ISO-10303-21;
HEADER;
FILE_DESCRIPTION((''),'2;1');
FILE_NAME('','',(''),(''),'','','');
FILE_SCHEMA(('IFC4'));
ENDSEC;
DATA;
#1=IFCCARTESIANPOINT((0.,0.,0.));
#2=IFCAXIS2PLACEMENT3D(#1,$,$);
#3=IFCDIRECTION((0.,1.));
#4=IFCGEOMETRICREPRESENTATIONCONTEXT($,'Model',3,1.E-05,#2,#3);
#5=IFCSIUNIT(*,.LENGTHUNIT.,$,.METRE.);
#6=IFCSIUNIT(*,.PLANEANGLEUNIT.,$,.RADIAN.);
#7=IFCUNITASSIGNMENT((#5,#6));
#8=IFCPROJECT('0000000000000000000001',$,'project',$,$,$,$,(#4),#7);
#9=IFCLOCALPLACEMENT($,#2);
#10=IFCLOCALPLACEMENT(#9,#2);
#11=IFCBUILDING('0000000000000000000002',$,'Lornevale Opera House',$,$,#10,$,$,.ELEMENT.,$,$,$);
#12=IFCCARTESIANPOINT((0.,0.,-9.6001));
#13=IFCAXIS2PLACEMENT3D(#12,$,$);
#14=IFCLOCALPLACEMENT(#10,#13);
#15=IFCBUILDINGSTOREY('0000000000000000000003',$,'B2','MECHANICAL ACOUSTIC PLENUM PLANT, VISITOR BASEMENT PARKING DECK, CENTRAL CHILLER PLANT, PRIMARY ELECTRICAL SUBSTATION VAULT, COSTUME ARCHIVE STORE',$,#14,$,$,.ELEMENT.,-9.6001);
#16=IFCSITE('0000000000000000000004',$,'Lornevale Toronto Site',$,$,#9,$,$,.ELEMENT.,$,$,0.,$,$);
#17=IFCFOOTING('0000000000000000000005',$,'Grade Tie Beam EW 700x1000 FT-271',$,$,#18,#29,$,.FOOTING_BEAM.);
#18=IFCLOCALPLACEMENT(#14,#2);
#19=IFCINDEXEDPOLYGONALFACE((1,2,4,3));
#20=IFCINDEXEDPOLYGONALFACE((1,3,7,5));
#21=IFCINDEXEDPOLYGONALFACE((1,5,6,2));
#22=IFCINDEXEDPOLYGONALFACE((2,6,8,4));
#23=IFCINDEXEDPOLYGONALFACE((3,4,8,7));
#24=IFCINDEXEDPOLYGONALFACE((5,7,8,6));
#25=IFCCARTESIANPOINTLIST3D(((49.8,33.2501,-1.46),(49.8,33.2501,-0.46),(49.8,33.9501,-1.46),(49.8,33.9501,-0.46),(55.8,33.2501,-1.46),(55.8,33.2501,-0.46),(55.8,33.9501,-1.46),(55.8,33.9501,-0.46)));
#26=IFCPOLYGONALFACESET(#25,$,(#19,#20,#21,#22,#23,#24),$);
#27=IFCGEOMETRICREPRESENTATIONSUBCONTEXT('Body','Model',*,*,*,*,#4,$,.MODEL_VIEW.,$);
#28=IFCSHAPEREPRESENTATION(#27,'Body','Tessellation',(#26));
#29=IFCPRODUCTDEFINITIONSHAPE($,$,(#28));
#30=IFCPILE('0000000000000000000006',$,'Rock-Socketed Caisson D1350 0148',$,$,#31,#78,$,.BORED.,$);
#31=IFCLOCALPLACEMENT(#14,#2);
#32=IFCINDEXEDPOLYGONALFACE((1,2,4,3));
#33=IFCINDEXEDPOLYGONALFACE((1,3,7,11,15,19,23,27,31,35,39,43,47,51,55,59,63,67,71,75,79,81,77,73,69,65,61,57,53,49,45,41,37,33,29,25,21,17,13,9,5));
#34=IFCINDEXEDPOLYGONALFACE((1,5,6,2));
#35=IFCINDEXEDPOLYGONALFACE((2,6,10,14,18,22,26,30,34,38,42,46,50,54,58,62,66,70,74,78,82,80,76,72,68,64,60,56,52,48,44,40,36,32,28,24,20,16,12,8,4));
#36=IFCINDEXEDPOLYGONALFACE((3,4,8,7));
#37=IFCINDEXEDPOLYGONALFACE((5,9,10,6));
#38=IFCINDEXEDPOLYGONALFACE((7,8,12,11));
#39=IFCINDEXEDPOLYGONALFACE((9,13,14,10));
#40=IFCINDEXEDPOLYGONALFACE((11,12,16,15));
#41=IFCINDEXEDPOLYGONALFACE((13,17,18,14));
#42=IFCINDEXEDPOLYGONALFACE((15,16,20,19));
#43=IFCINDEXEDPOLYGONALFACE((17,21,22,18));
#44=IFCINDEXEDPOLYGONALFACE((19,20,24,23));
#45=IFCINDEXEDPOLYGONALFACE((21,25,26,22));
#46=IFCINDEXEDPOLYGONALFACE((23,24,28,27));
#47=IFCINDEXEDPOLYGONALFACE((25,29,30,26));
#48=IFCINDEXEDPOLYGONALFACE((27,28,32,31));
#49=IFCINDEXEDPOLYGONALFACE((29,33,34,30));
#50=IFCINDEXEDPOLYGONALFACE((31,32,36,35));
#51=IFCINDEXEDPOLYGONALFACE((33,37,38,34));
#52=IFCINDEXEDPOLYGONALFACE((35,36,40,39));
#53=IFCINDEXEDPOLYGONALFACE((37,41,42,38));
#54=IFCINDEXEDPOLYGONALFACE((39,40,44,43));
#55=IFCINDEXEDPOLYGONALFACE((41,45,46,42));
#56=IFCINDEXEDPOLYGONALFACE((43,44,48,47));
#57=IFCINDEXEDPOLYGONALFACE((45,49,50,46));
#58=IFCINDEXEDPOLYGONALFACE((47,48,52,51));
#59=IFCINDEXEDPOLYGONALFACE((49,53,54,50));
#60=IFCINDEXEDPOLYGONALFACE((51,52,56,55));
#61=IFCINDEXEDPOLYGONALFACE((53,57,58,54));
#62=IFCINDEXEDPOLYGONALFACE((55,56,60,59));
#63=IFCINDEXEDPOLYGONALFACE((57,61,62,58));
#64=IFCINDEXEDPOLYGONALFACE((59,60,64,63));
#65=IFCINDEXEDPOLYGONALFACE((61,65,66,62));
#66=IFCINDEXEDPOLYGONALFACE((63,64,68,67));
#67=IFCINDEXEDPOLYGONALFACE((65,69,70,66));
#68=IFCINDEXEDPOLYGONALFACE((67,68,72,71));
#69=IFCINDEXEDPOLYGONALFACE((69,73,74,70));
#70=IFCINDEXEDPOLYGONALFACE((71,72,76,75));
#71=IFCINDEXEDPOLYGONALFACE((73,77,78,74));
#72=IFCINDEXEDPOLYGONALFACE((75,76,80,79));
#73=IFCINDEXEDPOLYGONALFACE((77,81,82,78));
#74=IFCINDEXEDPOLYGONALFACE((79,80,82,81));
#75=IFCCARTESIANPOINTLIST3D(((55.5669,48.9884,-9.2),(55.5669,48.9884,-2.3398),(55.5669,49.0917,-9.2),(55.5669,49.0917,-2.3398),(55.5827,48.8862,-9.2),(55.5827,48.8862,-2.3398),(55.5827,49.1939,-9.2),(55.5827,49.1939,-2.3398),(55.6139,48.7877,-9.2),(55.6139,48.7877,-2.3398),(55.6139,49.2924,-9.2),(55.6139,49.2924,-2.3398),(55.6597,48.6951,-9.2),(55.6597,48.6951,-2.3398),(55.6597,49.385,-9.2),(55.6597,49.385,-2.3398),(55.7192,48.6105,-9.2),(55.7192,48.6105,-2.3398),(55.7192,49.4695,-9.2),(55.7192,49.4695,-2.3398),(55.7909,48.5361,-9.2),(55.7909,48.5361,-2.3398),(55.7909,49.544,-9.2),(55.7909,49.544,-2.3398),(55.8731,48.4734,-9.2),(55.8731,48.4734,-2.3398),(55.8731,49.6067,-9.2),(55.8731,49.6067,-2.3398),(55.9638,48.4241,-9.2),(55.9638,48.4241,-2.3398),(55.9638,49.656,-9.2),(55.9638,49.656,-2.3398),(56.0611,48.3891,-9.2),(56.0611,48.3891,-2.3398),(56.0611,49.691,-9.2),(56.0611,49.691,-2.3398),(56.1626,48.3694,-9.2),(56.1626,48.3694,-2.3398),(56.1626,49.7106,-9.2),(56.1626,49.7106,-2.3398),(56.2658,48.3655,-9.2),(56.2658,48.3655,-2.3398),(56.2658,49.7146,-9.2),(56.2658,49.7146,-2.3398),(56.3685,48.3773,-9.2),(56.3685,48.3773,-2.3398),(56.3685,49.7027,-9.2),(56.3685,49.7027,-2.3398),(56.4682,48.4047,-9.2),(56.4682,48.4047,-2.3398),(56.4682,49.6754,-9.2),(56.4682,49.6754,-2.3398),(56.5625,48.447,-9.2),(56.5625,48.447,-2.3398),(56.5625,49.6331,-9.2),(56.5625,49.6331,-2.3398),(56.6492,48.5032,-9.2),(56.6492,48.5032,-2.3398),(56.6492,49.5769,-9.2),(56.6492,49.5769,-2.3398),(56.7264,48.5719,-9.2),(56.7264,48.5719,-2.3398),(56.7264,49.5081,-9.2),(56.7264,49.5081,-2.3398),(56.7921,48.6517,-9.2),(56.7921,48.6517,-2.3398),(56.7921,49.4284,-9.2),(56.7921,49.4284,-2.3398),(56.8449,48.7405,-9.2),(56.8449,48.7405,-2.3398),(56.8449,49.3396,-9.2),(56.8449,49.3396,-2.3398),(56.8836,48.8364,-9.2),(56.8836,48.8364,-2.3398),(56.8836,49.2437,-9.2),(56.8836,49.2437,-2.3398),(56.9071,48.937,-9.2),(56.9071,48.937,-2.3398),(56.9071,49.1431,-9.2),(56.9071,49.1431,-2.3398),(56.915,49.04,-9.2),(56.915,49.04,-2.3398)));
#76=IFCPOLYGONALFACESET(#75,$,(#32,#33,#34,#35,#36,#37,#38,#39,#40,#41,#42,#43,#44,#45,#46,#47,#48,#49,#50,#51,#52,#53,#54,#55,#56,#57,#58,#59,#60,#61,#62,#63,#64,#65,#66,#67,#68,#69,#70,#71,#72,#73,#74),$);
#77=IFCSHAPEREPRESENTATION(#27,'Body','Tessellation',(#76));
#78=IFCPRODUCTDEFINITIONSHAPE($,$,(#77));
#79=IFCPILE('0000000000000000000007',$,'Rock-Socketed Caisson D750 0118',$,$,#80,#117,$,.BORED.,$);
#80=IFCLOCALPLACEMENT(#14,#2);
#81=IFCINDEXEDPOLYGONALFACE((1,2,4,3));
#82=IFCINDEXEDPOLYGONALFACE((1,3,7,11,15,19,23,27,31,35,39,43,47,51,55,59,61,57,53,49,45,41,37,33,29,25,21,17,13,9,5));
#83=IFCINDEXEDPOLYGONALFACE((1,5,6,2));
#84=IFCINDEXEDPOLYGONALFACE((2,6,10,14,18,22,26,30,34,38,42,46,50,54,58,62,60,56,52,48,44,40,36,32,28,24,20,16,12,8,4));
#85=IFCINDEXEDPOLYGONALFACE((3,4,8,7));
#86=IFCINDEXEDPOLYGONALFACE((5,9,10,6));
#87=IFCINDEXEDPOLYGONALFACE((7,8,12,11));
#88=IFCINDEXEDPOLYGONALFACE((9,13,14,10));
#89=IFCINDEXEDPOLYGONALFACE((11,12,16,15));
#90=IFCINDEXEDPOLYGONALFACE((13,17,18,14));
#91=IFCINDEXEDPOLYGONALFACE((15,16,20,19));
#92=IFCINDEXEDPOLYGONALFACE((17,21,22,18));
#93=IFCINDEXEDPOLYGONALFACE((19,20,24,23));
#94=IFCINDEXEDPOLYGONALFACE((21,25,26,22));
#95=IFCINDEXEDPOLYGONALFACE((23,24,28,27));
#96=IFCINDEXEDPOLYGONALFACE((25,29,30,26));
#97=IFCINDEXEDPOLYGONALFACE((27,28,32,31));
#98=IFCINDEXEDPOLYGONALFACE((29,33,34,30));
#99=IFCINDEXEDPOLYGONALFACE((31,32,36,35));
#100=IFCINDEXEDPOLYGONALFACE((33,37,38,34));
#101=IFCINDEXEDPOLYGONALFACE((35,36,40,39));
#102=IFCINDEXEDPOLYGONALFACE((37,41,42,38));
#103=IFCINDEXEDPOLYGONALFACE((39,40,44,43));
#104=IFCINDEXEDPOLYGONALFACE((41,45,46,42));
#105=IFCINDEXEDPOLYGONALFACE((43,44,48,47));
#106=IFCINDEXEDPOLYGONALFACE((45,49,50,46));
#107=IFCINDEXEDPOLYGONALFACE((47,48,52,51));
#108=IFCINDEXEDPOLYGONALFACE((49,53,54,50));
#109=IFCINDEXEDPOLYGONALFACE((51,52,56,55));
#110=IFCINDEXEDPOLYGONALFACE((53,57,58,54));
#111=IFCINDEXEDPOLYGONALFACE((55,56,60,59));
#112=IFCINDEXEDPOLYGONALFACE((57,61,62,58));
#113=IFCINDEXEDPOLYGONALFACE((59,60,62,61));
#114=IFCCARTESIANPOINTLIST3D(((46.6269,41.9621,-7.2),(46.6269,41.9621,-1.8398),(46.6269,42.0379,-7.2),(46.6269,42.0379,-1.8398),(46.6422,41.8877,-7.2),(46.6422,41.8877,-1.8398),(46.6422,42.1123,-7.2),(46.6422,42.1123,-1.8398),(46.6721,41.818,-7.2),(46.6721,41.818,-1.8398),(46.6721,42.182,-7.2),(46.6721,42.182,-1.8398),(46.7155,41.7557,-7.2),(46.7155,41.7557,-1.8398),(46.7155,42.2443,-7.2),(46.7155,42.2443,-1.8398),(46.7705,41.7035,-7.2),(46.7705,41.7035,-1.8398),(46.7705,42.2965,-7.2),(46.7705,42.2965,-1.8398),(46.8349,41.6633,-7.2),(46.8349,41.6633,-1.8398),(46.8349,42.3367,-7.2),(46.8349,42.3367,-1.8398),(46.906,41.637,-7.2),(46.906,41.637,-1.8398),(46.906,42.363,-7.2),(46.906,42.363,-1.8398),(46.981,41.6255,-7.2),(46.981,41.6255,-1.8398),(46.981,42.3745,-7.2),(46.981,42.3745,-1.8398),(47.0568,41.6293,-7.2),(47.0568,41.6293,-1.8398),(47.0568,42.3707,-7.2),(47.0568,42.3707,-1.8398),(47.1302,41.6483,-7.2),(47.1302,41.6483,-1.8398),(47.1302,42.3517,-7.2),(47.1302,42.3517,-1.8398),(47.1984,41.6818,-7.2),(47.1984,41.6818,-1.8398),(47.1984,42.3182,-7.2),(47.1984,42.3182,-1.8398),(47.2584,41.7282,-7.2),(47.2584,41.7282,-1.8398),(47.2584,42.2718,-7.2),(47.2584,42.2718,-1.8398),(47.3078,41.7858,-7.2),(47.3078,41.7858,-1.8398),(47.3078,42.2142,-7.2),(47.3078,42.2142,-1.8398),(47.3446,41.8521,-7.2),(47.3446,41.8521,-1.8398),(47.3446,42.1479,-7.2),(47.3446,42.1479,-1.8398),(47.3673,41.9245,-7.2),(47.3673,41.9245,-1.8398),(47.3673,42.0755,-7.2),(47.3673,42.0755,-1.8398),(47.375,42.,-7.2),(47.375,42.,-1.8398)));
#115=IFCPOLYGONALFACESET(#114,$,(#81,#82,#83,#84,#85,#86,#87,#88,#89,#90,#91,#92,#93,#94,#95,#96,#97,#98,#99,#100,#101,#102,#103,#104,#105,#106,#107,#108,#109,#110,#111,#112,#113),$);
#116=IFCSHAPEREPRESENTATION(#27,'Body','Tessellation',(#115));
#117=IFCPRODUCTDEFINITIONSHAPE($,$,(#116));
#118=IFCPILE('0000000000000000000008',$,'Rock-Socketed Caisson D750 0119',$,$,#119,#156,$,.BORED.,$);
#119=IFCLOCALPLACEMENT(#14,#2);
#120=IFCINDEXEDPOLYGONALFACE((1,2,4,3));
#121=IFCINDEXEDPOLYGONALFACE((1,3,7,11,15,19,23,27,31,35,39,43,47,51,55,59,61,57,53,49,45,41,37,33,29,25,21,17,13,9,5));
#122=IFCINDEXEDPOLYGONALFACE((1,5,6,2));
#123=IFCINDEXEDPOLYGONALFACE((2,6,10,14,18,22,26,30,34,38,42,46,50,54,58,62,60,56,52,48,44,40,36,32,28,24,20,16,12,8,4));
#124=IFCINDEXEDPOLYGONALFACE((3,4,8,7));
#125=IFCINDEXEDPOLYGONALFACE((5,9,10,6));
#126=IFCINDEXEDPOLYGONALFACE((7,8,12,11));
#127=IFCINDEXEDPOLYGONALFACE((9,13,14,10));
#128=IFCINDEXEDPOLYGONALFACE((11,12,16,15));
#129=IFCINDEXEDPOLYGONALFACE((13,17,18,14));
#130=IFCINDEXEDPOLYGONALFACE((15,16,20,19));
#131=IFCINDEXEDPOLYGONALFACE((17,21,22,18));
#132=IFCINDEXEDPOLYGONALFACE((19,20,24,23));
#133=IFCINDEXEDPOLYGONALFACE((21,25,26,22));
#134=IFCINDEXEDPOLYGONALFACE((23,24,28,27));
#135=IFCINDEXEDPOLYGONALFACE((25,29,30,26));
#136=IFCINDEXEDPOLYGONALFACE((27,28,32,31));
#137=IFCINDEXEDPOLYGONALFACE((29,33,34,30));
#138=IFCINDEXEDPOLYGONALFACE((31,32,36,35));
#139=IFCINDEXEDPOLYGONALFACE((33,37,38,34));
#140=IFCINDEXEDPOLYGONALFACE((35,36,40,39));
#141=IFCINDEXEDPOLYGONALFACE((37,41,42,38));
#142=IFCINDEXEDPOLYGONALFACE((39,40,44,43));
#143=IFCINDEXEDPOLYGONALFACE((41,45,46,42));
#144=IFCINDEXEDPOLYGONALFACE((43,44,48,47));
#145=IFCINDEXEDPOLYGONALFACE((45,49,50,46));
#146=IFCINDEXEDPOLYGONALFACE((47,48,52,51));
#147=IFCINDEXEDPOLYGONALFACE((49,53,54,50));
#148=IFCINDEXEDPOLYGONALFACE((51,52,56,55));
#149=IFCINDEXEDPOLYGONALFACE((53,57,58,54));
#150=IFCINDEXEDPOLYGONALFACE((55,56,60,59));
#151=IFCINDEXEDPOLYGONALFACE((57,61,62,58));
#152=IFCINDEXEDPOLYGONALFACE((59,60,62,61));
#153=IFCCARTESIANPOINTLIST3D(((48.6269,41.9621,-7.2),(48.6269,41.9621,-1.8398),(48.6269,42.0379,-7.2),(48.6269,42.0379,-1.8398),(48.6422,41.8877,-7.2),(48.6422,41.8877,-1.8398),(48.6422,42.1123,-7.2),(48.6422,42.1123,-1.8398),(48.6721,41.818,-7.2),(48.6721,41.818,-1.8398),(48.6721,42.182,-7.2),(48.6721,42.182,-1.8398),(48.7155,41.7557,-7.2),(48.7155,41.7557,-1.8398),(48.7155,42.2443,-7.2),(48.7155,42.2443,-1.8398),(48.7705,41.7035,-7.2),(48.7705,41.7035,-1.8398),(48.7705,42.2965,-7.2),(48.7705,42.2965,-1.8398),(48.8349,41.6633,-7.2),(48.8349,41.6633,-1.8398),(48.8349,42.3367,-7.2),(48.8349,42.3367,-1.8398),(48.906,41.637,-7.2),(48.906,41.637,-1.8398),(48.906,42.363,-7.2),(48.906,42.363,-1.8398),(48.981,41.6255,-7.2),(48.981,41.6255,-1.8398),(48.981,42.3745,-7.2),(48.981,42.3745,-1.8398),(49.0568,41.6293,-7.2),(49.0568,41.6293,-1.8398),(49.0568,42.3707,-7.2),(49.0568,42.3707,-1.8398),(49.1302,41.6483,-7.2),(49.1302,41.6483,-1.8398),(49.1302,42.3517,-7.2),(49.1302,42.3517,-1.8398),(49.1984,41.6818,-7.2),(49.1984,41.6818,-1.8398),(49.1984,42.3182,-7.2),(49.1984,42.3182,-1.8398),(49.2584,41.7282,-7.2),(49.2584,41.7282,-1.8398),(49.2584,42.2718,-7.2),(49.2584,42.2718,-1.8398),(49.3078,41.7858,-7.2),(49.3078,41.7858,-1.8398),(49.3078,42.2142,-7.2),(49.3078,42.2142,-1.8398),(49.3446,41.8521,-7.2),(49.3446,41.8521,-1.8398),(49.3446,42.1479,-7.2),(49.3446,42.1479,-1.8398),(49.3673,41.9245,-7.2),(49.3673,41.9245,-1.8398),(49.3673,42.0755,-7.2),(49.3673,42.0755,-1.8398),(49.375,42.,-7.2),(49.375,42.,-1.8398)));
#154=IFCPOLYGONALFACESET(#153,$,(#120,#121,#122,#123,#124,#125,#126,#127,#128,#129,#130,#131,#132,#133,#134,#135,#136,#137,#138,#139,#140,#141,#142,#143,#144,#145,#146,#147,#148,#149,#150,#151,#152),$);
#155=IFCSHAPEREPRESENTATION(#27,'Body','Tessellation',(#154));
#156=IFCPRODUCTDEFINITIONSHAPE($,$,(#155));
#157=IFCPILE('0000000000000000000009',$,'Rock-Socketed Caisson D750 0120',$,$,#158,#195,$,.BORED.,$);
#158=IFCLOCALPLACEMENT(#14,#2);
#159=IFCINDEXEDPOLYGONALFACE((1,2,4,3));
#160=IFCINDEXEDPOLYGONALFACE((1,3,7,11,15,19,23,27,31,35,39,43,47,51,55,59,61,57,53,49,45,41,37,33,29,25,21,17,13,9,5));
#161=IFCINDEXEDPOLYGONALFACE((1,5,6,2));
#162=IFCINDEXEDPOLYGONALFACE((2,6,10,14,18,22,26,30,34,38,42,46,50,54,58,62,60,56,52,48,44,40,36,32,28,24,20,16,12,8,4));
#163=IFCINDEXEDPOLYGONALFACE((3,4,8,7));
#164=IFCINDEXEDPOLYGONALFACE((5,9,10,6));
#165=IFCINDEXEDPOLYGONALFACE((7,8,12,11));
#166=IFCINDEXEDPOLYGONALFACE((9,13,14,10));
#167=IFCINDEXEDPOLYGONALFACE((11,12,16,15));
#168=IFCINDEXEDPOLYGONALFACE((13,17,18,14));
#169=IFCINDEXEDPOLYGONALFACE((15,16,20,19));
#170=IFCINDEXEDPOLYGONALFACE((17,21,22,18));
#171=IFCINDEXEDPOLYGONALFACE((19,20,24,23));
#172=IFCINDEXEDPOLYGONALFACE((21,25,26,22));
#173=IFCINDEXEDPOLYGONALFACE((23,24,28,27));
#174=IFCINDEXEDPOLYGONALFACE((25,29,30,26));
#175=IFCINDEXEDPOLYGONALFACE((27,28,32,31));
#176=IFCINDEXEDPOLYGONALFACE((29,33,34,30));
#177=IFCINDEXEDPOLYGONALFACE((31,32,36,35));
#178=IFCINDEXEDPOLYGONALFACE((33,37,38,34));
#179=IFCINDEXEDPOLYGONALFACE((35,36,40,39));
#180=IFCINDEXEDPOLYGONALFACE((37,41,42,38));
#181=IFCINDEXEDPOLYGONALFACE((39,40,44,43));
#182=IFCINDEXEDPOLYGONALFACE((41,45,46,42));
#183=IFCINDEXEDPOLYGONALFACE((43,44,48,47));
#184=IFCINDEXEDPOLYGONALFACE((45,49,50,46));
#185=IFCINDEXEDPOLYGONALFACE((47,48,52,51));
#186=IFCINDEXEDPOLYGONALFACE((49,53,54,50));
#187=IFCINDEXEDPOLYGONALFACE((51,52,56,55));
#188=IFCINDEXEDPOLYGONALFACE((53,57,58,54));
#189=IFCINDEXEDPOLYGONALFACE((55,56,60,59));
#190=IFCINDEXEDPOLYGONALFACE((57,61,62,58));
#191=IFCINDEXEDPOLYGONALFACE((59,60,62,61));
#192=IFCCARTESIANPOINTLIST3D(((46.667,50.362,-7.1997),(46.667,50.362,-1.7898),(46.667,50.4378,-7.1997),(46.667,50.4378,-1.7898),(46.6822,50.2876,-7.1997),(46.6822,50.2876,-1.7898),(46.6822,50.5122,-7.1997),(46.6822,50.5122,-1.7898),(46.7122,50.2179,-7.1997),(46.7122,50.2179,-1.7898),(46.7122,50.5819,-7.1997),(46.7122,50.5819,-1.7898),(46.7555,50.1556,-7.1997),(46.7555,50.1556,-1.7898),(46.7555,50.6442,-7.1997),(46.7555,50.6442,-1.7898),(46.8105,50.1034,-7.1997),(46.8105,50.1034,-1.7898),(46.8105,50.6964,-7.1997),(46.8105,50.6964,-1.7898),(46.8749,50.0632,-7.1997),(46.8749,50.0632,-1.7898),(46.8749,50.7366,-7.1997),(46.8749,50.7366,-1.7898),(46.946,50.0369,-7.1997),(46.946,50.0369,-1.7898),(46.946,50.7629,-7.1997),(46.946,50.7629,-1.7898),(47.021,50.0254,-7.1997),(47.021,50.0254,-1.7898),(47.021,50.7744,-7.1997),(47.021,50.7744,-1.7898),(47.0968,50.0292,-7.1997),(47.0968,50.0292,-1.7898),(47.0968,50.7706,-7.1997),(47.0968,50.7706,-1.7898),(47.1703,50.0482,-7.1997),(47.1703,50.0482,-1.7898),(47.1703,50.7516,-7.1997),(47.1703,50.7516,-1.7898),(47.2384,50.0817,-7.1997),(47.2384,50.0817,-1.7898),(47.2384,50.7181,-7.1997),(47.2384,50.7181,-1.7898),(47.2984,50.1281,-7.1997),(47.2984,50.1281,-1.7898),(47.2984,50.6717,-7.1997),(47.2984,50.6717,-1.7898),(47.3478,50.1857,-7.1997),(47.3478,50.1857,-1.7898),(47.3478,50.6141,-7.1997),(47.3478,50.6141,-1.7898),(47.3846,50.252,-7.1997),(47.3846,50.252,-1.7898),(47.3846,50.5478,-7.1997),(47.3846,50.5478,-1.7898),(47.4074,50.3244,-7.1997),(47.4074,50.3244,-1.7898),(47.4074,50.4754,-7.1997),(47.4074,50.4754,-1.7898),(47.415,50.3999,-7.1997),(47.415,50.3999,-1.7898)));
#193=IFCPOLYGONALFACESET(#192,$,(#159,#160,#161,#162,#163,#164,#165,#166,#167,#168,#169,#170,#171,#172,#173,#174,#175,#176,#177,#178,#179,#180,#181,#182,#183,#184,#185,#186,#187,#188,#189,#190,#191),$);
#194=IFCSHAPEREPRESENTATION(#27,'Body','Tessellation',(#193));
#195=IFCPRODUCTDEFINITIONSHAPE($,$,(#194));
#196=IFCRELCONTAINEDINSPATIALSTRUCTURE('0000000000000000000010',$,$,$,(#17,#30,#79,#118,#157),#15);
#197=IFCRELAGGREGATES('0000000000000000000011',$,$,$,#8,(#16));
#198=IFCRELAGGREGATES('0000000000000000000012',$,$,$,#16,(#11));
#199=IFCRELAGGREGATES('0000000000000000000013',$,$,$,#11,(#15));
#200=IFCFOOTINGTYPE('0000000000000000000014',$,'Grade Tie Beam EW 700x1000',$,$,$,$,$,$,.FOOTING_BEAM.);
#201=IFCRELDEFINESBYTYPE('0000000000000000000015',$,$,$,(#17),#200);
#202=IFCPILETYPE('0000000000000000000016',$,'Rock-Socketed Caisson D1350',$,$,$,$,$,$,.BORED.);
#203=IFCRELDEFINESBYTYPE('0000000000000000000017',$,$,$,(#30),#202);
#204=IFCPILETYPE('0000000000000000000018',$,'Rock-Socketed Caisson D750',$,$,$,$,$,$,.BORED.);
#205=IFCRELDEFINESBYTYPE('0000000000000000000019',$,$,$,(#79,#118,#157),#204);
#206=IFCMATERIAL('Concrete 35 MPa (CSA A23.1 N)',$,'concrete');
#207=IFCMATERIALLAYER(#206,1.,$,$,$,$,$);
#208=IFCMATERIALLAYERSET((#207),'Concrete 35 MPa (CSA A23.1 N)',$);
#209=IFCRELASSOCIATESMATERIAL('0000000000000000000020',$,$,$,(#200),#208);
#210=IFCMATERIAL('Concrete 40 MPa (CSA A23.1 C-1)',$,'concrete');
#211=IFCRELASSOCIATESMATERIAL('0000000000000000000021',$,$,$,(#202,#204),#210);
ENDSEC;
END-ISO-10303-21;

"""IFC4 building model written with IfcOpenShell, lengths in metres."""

from ifc_helpers import new_model, si_unit, direction, frame, origin, origin_2d, place, context, subcontext, project, spatial, rectangle, circle, extrude, material, layer, layer_set, material_profile, profile_set, type_object, element, save


model = new_model("IFC4")

# Units and contexts
model_context = context("Model", 3, precision=1e-05, world=origin(), true_north=direction((0.0, 1.0)))
body_context = subcontext(model_context, "Body", "Model", "MODEL_VIEW")
ifc_project = project(units=[si_unit("LENGTHUNIT", "METRE"), si_unit("PLANEANGLEUNIT", "RADIAN")], contexts=[model_context])

# Site, building, storey
site_placement = place(None, origin())
site = spatial("IfcSite", under=ifc_project, at=site_placement, Name="Lornevale Toronto Site", CompositionType="ELEMENT", RefElevation=0.0)
building_placement = place(site_placement, origin())
building = spatial("IfcBuilding", under=site, at=building_placement, Name="Lornevale Opera House", CompositionType="ELEMENT")
storey_placement = place(building_placement, frame((0.0, 0.0, -9.6001)))
storey = spatial("IfcBuildingStorey", under=building, at=storey_placement, Name="B2", Description="MECHANICAL ACOUSTIC PLENUM PLANT, VISITOR BASEMENT PARKING DECK, CENTRAL CHILLER PLANT, PRIMARY ELECTRICAL SUBSTATION VAULT, COSTUME ARCHIVE STORE", CompositionType="ELEMENT", Elevation=-9.6001)

# Footing
ifc_material_1 = material(Name="Concrete 35 MPa (CSA A23.1 N)", Category="concrete")
ifc_layer_1 = layer(ifc_material_1, 1.0)
ifc_layer_set_1 = layer_set([ifc_layer_1], Name="Concrete 35 MPa (CSA A23.1 N)")
footing_type_1 = type_object("IfcFootingType", Name="Grade Tie Beam EW 700x1000", PredefinedType="FOOTING_BEAM", material=ifc_layer_set_1)
footing_1_placement = place(storey_placement, frame((52.8, 33.6001, -1.46), z_axis=(0.0, 0.0, 1.0), x_axis=(1.0, 0.0, 0.0)))
element("IfcFooting", 1, at=footing_1_placement, inside=storey, type_object=footing_type_1, Name="Grade Tie Beam EW 700x1000 FT-271", PredefinedType="FOOTING_BEAM", context=body_context, shape_type="SweptSolid", body=[
    extrude(rectangle(XDim=6.0, YDim=0.7, at=origin_2d()), origin(), (0.0, 0.0, 1.0), 1.0),
])

# Piles
ifc_material_2 = material(Name="Concrete 40 MPa (CSA A23.1 C-1)", Category="concrete")
ifc_material_profile_1 = material_profile(ifc_material_2, circle(Radius=0.675, at=origin_2d()), Name="CAIS1350")
ifc_profile_set_1 = profile_set([ifc_material_profile_1], Name="Concrete 40 MPa (CSA A23.1 C-1)")
pile_type_1 = type_object("IfcPileType", Name="Rock-Socketed Caisson D1350", PredefinedType="BORED", material=ifc_profile_set_1)
pile_placement = place(storey_placement, frame((56.24, 49.04, -2.3398), z_axis=(0.0, 0.0, -1.0), x_axis=(1.0, 0.0, 0.0)))
element("IfcPile", 2, at=pile_placement, inside=storey, type_object=pile_type_1, Name="Rock-Socketed Caisson D1350 0148", PredefinedType="BORED", context=body_context, shape_type="SweptSolid", body=[
    extrude(circle(Radius=0.675, at=origin_2d()), origin(), (0.0, 0.0, 1.0), 6.8601),
])
ifc_material_profile_2 = material_profile(ifc_material_2, circle(Radius=0.375, at=origin_2d()), Name="CAIS750")
ifc_profile_set_2 = profile_set([ifc_material_profile_2], Name="Concrete 40 MPa (CSA A23.1 C-1)")
pile_type_2 = type_object("IfcPileType", Name="Rock-Socketed Caisson D750", PredefinedType="BORED", material=ifc_profile_set_2)
for number, where, z_axis, x_axis, name in (
    (3, (47.0, 42.0, -1.8398), (0.0, 0.0, -1.0), (1.0, 0.0, 0.0), "Rock-Socketed Caisson D750 0118"),
    (4, (49.0, 42.0, -1.8398), (0.0, 0.0, -1.0), (1.0, 0.0, 0.0), "Rock-Socketed Caisson D750 0119"),
):
    element("IfcPile", number, at=place(storey_placement, frame(where, z_axis=z_axis, x_axis=x_axis)), inside=storey, type_object=pile_type_2, Name=name, PredefinedType="BORED", context=body_context, shape_type="SweptSolid", body=[
        extrude(circle(Radius=0.375, at=origin_2d()), origin(), (0.0, 0.0, 1.0), 5.3601),
    ])
for number, where, z_axis, x_axis, name in (
    (5, (47.04, 50.3999, -1.7898), (0.0, 0.0, -1.0), (1.0, 0.0, 0.0), "Rock-Socketed Caisson D750 0120"),
):
    element("IfcPile", number, at=place(storey_placement, frame(where, z_axis=z_axis, x_axis=x_axis)), inside=storey, type_object=pile_type_2, Name=name, PredefinedType="BORED", context=body_context, shape_type="SweptSolid", body=[
        extrude(circle(Radius=0.375, at=origin_2d()), origin(), (0.0, 0.0, 1.0), 5.4099),
    ])

save(model, "model.ifc")
